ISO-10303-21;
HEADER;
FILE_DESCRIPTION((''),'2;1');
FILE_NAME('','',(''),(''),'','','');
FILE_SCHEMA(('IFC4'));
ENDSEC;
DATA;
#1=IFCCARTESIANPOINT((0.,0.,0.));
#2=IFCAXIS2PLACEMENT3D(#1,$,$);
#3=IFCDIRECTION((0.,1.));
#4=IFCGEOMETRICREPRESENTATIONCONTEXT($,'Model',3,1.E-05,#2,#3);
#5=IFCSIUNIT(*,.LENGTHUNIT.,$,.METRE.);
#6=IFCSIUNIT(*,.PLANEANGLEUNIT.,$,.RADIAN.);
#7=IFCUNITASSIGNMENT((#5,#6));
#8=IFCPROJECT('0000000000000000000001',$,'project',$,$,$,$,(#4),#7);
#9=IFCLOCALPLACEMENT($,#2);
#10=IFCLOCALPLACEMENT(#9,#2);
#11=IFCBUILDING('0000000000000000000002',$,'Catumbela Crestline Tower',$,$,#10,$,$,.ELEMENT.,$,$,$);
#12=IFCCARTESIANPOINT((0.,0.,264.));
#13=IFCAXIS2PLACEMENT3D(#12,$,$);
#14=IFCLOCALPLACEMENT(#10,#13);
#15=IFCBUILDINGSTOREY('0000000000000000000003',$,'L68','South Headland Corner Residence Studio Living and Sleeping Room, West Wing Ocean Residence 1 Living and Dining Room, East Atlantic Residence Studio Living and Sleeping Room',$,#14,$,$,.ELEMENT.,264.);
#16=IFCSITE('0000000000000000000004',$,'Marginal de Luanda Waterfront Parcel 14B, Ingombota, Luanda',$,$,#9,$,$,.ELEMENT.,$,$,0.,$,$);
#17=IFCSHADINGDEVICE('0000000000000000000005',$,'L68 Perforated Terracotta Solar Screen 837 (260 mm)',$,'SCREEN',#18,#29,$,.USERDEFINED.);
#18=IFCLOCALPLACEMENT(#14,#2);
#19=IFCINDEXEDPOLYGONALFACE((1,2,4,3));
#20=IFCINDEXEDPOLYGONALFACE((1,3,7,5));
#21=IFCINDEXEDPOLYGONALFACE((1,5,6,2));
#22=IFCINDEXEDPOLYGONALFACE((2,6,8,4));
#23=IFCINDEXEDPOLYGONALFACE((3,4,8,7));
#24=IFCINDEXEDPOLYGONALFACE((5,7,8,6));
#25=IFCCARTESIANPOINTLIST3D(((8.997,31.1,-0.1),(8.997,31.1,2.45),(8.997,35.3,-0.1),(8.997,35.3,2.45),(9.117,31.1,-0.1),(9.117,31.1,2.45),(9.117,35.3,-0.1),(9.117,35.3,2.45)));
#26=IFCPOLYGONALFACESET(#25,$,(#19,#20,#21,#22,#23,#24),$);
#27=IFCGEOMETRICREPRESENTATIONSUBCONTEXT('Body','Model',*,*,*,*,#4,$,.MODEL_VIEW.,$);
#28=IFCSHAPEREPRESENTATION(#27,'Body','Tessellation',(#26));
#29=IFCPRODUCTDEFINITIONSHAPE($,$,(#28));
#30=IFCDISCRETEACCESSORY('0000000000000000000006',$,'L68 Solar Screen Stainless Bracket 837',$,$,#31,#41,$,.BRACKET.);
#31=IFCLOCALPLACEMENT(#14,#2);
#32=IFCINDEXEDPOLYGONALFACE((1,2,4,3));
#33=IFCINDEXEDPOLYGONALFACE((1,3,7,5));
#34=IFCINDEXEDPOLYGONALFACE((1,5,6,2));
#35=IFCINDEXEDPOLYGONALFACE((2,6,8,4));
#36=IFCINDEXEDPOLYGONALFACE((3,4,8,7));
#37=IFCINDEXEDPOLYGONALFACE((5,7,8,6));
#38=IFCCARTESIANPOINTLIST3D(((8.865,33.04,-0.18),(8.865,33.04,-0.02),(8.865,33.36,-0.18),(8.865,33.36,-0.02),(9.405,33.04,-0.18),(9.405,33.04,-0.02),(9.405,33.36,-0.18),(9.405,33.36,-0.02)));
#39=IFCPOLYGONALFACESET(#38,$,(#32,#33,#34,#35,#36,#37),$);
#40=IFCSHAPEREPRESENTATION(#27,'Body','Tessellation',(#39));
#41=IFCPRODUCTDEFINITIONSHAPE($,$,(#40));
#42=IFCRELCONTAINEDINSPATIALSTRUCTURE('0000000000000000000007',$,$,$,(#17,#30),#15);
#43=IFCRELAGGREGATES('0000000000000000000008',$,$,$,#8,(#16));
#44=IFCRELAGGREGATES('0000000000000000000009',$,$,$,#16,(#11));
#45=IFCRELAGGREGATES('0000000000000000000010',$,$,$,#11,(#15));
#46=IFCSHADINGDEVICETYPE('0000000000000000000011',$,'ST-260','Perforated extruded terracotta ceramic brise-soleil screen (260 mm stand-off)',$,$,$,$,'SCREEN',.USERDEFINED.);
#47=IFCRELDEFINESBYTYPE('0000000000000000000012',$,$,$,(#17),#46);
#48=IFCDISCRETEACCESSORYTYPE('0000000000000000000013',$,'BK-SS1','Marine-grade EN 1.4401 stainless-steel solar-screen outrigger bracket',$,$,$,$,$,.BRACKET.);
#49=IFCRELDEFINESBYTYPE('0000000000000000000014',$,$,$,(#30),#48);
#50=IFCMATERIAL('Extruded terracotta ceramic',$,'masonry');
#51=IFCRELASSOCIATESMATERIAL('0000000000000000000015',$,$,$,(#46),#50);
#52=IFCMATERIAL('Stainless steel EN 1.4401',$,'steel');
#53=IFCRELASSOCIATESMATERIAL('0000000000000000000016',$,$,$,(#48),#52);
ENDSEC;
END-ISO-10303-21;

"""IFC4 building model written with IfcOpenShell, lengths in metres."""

from ifc_helpers import new_model, si_unit, direction, frame, origin, origin_2d, place, context, subcontext, project, spatial, rectangle, extrude, material, type_object, element, save


model = new_model("IFC4")

# Units and contexts
model_context = context("Model", 3, precision=1e-05, world=origin(), true_north=direction((0.0, 1.0)))
body_context = subcontext(model_context, "Body", "Model", "MODEL_VIEW")
ifc_project = project(units=[si_unit("LENGTHUNIT", "METRE"), si_unit("PLANEANGLEUNIT", "RADIAN")], contexts=[model_context])

# Site, building, storey
site_placement = place(None, origin())
site = spatial("IfcSite", under=ifc_project, at=site_placement, Name="Marginal de Luanda Waterfront Parcel 14B, Ingombota, Luanda", CompositionType="ELEMENT", RefElevation=0.0)
building_placement = place(site_placement, origin())
building = spatial("IfcBuilding", under=site, at=building_placement, Name="Catumbela Crestline Tower", CompositionType="ELEMENT")
storey_placement = place(building_placement, frame((0.0, 0.0, 264.0)))
storey = spatial("IfcBuildingStorey", under=building, at=storey_placement, Name="L68", Description="South Headland Corner Residence Studio Living and Sleeping Room, West Wing Ocean Residence 1 Living and Dining Room, East Atlantic Residence Studio Living and Sleeping Room", CompositionType="ELEMENT", Elevation=264.0)

# Shared definitions
ifc_material_1 = material(Name="Stainless steel EN 1.4401", Category="steel")

# Shading device
ifc_material_2 = material(Name="Extruded terracotta ceramic", Category="masonry")
shading_device_type = type_object("IfcShadingDeviceType", Name="ST-260", Description="Perforated extruded terracotta ceramic brise-soleil screen (260 mm stand-off)", ElementType="SCREEN", PredefinedType="USERDEFINED", material=ifc_material_2)
shading_device_placement = place(storey_placement, frame((9.057, 33.2, -0.1), z_axis=(0.0, 0.0, 1.0), x_axis=(0.0, -1.0, 0.0)))
element("IfcShadingDevice", 1, at=shading_device_placement, inside=storey, type_object=shading_device_type, Name="L68 Perforated Terracotta Solar Screen 837 (260 mm)", ObjectType="SCREEN", PredefinedType="USERDEFINED", context=body_context, shape_type="SweptSolid", body=[
    extrude(rectangle(XDim=4.2, YDim=0.12, at=origin_2d()), origin(), (0.0, 0.0, 1.0), 2.55),
])

# Discrete accessory
discrete_accessory_type = type_object("IfcDiscreteAccessoryType", Name="BK-SS1", Description="Marine-grade EN 1.4401 stainless-steel solar-screen outrigger bracket", PredefinedType="BRACKET", material=ifc_material_1)
discrete_accessory_placement = place(storey_placement, frame((9.135, 33.2, -0.18), z_axis=(0.0, 0.0, 1.0), x_axis=(0.0, -1.0, 0.0)))
element("IfcDiscreteAccessory", 2, at=discrete_accessory_placement, inside=storey, type_object=discrete_accessory_type, Name="L68 Solar Screen Stainless Bracket 837", PredefinedType="BRACKET", context=body_context, shape_type="SweptSolid", body=[
    extrude(rectangle(XDim=0.32, YDim=0.54, at=origin_2d()), origin(), (0.0, 0.0, 1.0), 0.16),
])

save(model, "model.ifc")
